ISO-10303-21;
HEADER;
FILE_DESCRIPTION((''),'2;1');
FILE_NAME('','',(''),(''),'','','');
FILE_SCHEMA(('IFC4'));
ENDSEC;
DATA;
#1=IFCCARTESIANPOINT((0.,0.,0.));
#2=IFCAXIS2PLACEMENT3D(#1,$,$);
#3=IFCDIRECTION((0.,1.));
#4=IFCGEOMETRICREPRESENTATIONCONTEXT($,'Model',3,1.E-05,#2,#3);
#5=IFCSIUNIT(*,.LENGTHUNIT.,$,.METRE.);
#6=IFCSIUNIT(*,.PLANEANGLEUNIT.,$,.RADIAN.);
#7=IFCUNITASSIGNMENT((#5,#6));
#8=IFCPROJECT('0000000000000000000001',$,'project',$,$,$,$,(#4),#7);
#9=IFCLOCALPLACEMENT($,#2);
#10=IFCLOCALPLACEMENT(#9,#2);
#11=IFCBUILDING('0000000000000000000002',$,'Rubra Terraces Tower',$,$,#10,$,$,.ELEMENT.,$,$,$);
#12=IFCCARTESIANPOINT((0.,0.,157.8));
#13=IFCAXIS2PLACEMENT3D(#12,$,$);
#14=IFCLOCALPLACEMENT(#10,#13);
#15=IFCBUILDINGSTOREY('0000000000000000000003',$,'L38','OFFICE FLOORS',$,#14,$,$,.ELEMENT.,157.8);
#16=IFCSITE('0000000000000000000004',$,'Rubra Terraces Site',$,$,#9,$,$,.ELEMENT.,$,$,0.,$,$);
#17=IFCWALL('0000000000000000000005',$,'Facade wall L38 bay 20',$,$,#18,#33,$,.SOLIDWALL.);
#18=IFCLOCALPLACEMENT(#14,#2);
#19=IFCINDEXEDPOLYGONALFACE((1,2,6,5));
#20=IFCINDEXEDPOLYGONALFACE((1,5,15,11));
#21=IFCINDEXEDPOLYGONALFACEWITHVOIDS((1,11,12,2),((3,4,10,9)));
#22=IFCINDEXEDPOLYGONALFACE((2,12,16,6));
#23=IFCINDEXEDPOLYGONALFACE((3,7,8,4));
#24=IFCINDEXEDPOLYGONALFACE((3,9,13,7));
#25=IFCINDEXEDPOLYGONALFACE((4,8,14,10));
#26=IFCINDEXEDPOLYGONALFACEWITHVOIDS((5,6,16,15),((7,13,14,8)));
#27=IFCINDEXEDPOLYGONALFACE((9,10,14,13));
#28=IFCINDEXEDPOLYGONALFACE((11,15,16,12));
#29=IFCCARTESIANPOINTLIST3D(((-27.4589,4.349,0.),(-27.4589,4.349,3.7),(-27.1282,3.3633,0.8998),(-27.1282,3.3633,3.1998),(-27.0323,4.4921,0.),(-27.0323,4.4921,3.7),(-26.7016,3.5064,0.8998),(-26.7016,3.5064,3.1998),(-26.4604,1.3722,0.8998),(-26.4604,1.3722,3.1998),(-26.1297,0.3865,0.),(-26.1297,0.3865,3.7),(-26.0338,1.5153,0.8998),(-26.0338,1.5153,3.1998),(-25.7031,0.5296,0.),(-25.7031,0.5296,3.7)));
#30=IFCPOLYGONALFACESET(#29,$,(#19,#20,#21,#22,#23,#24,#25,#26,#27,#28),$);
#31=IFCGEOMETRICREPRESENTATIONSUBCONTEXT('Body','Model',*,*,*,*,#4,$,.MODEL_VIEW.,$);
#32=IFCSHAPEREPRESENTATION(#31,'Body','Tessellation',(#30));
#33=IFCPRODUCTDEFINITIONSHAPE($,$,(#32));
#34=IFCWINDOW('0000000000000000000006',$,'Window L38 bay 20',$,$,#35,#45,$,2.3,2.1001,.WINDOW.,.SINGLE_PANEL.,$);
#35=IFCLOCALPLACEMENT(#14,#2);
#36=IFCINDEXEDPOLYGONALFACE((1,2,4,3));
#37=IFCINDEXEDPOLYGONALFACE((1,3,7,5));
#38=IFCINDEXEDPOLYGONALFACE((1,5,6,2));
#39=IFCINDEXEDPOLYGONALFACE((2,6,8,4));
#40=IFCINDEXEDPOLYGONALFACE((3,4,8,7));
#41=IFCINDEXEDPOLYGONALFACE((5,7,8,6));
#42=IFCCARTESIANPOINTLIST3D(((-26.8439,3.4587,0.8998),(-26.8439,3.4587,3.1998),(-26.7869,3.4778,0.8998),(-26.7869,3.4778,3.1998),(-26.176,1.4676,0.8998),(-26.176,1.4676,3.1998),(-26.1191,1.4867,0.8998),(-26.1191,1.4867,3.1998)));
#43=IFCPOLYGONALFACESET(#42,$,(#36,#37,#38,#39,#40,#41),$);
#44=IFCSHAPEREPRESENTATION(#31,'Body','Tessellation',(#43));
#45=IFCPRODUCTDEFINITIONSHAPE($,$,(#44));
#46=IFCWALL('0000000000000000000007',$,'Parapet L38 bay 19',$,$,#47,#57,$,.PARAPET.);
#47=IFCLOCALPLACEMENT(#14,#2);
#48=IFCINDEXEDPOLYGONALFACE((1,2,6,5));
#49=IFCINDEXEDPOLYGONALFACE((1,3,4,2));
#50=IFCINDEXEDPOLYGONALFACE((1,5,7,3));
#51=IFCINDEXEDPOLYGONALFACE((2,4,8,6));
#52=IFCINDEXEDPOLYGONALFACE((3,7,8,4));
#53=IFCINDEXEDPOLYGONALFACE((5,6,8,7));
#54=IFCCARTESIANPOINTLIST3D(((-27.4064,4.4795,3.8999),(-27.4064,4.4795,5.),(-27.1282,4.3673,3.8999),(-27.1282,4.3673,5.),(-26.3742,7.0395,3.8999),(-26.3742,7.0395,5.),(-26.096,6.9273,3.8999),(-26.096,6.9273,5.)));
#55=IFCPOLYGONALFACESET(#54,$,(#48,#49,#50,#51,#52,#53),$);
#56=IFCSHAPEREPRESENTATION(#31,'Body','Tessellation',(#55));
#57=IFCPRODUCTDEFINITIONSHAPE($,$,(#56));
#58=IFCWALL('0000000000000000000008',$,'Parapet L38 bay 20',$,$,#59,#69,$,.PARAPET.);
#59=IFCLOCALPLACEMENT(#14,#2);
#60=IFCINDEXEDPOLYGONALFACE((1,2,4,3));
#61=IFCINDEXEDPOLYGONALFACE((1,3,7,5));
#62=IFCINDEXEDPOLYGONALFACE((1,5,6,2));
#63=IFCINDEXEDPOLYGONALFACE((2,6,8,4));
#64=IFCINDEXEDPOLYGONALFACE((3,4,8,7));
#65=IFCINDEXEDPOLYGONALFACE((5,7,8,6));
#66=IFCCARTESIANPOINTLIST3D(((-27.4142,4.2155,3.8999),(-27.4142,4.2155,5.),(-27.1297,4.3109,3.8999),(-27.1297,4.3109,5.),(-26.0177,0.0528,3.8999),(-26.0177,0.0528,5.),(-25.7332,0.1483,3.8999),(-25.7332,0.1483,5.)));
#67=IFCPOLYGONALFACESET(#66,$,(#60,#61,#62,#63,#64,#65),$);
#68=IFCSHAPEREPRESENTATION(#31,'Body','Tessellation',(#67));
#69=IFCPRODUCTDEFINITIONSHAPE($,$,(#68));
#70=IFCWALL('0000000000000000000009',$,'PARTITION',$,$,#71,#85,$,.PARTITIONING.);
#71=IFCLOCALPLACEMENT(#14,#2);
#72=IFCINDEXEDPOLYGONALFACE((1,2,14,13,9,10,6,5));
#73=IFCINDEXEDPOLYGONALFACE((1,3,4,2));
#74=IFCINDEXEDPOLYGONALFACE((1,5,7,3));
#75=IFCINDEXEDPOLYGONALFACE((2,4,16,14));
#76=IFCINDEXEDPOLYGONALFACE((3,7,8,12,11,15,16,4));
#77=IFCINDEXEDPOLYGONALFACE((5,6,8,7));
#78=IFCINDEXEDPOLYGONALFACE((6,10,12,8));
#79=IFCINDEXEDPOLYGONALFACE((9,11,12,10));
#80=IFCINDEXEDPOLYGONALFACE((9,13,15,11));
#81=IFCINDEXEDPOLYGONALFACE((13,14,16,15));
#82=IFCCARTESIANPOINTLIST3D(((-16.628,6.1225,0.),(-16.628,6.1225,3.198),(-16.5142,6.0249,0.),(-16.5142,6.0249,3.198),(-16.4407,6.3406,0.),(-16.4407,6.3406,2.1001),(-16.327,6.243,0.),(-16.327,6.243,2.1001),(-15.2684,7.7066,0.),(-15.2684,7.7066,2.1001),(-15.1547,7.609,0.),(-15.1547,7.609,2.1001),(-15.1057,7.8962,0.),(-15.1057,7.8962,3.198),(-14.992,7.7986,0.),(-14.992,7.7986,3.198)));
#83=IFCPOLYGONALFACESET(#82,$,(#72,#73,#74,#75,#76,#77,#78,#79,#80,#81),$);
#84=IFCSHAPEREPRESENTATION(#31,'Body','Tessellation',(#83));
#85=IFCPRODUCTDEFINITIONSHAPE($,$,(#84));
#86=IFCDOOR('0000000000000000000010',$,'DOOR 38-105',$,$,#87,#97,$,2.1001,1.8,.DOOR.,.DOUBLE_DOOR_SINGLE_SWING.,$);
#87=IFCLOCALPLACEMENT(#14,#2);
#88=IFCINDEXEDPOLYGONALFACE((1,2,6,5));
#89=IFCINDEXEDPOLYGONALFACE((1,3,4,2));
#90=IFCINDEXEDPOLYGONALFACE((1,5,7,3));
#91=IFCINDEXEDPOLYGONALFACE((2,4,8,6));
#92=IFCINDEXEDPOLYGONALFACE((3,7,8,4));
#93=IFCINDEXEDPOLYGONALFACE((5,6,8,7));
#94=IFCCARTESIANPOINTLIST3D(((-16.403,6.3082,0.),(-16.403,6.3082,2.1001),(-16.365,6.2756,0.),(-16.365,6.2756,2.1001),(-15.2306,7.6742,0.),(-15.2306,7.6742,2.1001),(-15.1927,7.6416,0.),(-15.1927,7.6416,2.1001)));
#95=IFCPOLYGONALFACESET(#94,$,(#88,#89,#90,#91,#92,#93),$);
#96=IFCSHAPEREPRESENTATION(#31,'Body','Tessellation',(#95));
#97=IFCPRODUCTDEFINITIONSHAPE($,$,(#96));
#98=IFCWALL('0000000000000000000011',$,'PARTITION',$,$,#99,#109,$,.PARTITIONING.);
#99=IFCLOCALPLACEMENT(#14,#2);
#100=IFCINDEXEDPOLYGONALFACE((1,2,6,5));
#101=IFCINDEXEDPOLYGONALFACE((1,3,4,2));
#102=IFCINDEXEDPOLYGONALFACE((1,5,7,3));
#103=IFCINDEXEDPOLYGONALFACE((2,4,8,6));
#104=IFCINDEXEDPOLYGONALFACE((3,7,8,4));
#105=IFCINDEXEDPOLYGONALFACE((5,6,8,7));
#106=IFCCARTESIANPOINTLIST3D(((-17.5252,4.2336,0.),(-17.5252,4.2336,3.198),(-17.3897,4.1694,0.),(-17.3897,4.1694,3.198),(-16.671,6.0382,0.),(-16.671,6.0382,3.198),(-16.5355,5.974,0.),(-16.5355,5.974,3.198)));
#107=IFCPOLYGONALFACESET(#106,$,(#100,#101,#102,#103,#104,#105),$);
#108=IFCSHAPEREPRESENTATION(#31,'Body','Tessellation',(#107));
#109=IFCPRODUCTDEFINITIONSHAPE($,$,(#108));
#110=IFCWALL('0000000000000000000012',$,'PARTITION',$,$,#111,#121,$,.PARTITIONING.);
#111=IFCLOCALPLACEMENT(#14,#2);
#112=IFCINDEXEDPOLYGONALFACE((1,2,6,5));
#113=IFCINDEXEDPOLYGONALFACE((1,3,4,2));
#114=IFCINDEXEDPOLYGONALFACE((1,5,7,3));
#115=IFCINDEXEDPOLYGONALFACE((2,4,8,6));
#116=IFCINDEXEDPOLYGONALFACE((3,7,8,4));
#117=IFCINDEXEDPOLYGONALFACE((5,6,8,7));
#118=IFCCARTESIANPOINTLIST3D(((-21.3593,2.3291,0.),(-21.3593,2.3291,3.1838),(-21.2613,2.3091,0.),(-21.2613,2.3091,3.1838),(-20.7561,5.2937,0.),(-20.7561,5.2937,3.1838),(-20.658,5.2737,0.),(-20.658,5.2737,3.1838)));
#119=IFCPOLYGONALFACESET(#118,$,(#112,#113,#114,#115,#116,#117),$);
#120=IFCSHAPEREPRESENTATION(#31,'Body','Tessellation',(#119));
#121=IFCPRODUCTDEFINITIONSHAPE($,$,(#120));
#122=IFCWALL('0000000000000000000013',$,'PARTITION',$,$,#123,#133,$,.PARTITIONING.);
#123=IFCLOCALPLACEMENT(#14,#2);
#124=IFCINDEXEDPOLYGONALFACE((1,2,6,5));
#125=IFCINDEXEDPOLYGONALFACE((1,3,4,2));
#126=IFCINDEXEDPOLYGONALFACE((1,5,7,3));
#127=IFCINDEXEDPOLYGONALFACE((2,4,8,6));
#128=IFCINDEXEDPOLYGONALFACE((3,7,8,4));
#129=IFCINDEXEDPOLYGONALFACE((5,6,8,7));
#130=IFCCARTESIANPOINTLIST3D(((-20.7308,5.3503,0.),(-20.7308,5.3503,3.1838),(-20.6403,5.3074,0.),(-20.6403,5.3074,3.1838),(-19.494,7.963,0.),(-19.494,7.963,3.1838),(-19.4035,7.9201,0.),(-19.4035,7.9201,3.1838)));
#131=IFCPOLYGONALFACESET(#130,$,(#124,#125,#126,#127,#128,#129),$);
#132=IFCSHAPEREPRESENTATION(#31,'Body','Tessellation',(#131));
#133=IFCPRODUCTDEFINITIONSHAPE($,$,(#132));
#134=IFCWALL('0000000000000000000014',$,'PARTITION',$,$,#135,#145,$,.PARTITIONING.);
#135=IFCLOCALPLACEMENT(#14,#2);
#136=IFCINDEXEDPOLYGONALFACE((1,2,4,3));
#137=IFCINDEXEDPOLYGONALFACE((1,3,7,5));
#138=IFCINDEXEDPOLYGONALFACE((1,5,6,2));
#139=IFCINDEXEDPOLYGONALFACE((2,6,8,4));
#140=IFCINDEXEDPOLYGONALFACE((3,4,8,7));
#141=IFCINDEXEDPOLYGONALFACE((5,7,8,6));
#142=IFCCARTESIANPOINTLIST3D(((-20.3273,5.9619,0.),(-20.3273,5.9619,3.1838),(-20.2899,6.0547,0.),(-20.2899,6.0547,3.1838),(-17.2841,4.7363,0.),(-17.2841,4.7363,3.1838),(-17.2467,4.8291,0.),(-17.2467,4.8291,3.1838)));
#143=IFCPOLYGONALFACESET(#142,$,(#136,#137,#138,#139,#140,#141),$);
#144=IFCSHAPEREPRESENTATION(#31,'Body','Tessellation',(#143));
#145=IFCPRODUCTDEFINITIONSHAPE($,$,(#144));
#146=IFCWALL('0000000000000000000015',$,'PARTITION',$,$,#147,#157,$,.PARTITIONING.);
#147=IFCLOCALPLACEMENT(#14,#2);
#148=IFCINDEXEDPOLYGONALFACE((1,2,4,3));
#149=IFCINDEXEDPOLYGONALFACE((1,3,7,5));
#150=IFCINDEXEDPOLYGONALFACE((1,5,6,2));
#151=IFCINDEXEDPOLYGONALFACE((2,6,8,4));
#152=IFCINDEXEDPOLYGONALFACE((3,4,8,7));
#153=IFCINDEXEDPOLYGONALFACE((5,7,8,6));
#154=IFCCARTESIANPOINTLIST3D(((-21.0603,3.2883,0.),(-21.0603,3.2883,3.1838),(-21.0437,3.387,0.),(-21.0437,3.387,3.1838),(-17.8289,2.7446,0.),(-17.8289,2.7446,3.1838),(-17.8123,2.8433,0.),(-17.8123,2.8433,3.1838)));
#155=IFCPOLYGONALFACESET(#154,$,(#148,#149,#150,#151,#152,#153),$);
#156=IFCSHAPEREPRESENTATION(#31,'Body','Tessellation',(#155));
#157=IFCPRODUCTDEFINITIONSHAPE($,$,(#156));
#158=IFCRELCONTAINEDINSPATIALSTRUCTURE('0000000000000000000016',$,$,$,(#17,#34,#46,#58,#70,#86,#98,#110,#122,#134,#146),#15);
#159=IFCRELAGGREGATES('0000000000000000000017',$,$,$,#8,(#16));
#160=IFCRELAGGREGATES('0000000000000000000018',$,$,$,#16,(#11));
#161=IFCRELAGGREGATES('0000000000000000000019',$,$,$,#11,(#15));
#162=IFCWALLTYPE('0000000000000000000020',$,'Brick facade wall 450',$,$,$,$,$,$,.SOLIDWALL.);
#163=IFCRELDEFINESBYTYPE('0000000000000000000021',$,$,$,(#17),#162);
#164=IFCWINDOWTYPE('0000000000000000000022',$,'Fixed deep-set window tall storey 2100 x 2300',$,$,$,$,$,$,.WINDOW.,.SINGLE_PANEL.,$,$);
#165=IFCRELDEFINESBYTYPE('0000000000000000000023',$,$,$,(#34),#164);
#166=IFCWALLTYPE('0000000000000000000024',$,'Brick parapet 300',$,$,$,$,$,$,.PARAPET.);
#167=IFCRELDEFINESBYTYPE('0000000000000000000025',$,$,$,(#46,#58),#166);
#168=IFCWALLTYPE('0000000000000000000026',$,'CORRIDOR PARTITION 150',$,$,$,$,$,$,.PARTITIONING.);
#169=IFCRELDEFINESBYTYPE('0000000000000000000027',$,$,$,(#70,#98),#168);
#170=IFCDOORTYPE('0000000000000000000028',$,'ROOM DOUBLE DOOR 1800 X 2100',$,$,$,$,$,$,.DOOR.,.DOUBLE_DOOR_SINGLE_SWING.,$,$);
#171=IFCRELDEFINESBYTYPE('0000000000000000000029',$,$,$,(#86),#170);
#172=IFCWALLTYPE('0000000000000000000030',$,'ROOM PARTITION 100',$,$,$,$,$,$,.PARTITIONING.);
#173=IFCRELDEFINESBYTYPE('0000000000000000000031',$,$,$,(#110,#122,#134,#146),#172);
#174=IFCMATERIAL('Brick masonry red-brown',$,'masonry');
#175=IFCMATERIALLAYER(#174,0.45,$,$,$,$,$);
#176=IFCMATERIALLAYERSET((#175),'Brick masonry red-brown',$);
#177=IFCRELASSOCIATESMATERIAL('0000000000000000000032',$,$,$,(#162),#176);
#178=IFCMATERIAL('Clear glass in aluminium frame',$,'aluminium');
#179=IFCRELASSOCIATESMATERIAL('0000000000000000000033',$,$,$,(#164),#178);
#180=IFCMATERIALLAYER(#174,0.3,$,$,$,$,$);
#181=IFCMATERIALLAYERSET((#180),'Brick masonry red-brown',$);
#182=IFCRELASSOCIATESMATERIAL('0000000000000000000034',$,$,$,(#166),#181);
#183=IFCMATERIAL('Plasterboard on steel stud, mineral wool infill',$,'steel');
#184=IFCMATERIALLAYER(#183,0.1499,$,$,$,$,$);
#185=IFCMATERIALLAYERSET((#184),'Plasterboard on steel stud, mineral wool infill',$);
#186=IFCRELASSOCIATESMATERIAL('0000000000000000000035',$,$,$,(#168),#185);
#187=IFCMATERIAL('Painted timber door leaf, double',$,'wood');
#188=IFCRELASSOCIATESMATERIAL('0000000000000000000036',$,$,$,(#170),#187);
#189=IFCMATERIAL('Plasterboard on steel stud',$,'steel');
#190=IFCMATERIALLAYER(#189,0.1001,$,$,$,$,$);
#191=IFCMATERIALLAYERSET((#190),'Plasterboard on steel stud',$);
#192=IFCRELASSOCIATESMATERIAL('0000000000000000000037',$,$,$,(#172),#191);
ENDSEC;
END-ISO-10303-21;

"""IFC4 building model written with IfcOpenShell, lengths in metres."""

from ifc_helpers import new_model, si_unit, direction, frame, frame_2d, origin, place, context, subcontext, project, spatial, rectangle, extrude, material, layer, layer_set, type_object, element, fill, save


model = new_model("IFC4")

# Units and contexts
model_context = context("Model", 3, precision=1e-05, world=origin(), true_north=direction((0.0, 1.0)))
body_context = subcontext(model_context, "Body", "Model", "MODEL_VIEW")
ifc_project = project(units=[si_unit("LENGTHUNIT", "METRE"), si_unit("PLANEANGLEUNIT", "RADIAN")], contexts=[model_context])

# Site, building, storey
site_placement = place(None, origin())
site = spatial("IfcSite", under=ifc_project, at=site_placement, Name="Rubra Terraces Site", CompositionType="ELEMENT", RefElevation=0.0)
building_placement = place(site_placement, origin())
building = spatial("IfcBuilding", under=site, at=building_placement, Name="Rubra Terraces Tower", CompositionType="ELEMENT")
storey_placement = place(building_placement, frame((0.0, 0.0, 157.8)))
storey = spatial("IfcBuildingStorey", under=building, at=storey_placement, Name="L38", Description="OFFICE FLOORS", CompositionType="ELEMENT", Elevation=157.8)

# Wall, opening, window
ifc_material_1 = material(Name="Brick masonry red-brown", Category="masonry")
ifc_layer_1 = layer(ifc_material_1, 0.45)
ifc_layer_set_1 = layer_set([ifc_layer_1], Name="Brick masonry red-brown")
wall_type_1 = type_object("IfcWallType", Name="Brick facade wall 450", PredefinedType="SOLIDWALL", material=ifc_layer_set_1)
wall_1_placement = place(storey_placement, frame((-27.2456, 4.4207, 0.0), z_axis=(0.0, 0.0, 1.0), x_axis=(0.318015, -0.948086, 0.0)))
wall_1 = element("IfcWall", 1, at=wall_1_placement, inside=storey, type_object=wall_type_1, Name="Facade wall L38 bay 20", PredefinedType="SOLIDWALL", context=body_context, shape_type="SweptSolid", body=[
    extrude(rectangle(XDim=4.1794, YDim=0.45, at=frame_2d((2.0898, 0.0))), origin(), (0.0, 0.0, 1.0), 3.7),
])
opening_1_placement = place(wall_1_placement, frame((1.0398, 0.0, 0.8999)))
opening_1 = element("IfcOpeningElement", 2, at=opening_1_placement, cuts=wall_1, PredefinedType="OPENING", context=body_context, shape_type="SweptSolid", body=[
    extrude(rectangle(XDim=2.1001, YDim=2.3, at=frame_2d((1.05, 1.1499))), frame((0.0, 0.2349, 0.0), z_axis=(0.0, -1.0, 0.0), x_axis=(1.0, 0.0, 0.0)), (0.0, 0.0, 1.0), 0.47),
])
ifc_material_2 = material(Name="Clear glass in aluminium frame", Category="aluminium")
window_type = type_object("IfcWindowType", Name="Fixed deep-set window tall storey 2100 x 2300", PartitioningType="SINGLE_PANEL", PredefinedType="WINDOW", material=ifc_material_2)
window_placement = place(opening_1_placement, origin())
window = element("IfcWindow", 3, at=window_placement, inside=storey, type_object=window_type, Name="Window L38 bay 20", OverallHeight=2.3, OverallWidth=2.1001, PartitioningType="SINGLE_PANEL", PredefinedType="WINDOW", context=body_context, shape_type="SweptSolid", body=[
    extrude(rectangle(XDim=2.1001, YDim=2.3, at=frame_2d((1.05, 1.1499))), frame((0.0, 0.135, 0.0), z_axis=(0.0, -1.0, 0.0), x_axis=(1.0, 0.0, 0.0)), (0.0, 0.0, 1.0), 0.0601),
])
fill(opening_1, window)

# Walls
ifc_layer_2 = layer(ifc_material_1, 0.3)
ifc_layer_set_2 = layer_set([ifc_layer_2], Name="Brick masonry red-brown")
wall_type_2 = type_object("IfcWallType", Name="Brick parapet 300", PredefinedType="PARAPET", material=ifc_layer_set_2)
wall_2_placement = place(storey_placement, frame((-26.2351, 6.9834, 3.8999), z_axis=(0.0, 0.0, 1.0), x_axis=(-0.373951, -0.927448, 0.0)))
element("IfcWall", 4, at=wall_2_placement, inside=storey, type_object=wall_type_2, Name="Parapet L38 bay 19", PredefinedType="PARAPET", context=body_context, shape_type="SweptSolid", body=[
    extrude(rectangle(XDim=2.7603, YDim=0.3, at=frame_2d((1.3801, 0.0))), origin(), (0.0, 0.0, 1.0), 1.1001),
])
wall_3_placement = place(storey_placement, frame((-27.272, 4.2632, 3.8999), z_axis=(0.0, 0.0, 1.0), x_axis=(0.318062, -0.94807, 0.0)))
element("IfcWall", 5, at=wall_3_placement, inside=storey, type_object=wall_type_2, Name="Parapet L38 bay 20", PredefinedType="PARAPET", context=body_context, shape_type="SweptSolid", body=[
    extrude(rectangle(XDim=4.3906, YDim=0.3, at=frame_2d((2.1953, 0.0))), origin(), (0.0, 0.0, 1.0), 1.1001),
])

# Wall, opening, door
ifc_material_3 = material(Name="Plasterboard on steel stud, mineral wool infill", Category="steel")
ifc_layer_3 = layer(ifc_material_3, 0.1499)
ifc_layer_set_3 = layer_set([ifc_layer_3], Name="Plasterboard on steel stud, mineral wool infill")
wall_type_3 = type_object("IfcWallType", Name="CORRIDOR PARTITION 150", PredefinedType="PARTITIONING", material=ifc_layer_set_3)
wall_4_placement = place(storey_placement, frame((-15.0488, 7.8474, 0.0), z_axis=(0.0, 0.0, 1.0), x_axis=(-0.651264, -0.758851, 0.0)))
wall_4 = element("IfcWall", 6, at=wall_4_placement, inside=storey, type_object=wall_type_3, Name="PARTITION", PredefinedType="PARTITIONING", context=body_context, shape_type="SweptSolid", body=[
    extrude(rectangle(XDim=2.3374, YDim=0.1499, at=frame_2d((1.1687, 0.0))), origin(), (0.0, 0.0, 1.0), 3.198),
])
opening_2_placement = place(wall_4_placement, frame((0.25, 0.0, 0.0)))
opening_2 = element("IfcOpeningElement", 7, at=opening_2_placement, cuts=wall_4, PredefinedType="OPENING", context=body_context, shape_type="SweptSolid", body=[
    extrude(rectangle(XDim=1.8, YDim=2.1001, at=frame_2d((0.8999, 1.05))), frame((0.0, 0.085, 0.0), z_axis=(0.0, -1.0, 0.0), x_axis=(1.0, 0.0, 0.0)), (0.0, 0.0, 1.0), 0.1699),
])
ifc_material_4 = material(Name="Painted timber door leaf, double", Category="wood")
door_type_1 = type_object("IfcDoorType", Name="ROOM DOUBLE DOOR 1800 X 2100", OperationType="DOUBLE_DOOR_SINGLE_SWING", PredefinedType="DOOR", material=ifc_material_4)
door_1_placement = place(opening_2_placement, origin())
door_1 = element("IfcDoor", 8, at=door_1_placement, inside=storey, type_object=door_type_1, Name="DOOR 38-105", OperationType="DOUBLE_DOOR_SINGLE_SWING", OverallHeight=2.1001, OverallWidth=1.8, PredefinedType="DOOR", context=body_context, shape_type="SweptSolid", body=[
    extrude(rectangle(XDim=1.8, YDim=2.1001, at=frame_2d((0.8999, 1.05))), frame((0.0, 0.0249, 0.0), z_axis=(0.0, -1.0, 0.0), x_axis=(1.0, 0.0, 0.0)), (0.0, 0.0, 1.0), 0.05),
])
fill(opening_2, door_1)

# Wall
wall_5_placement = place(storey_placement, frame((-16.6033, 6.0061, 0.0), z_axis=(0.0, 0.0, 1.0), x_axis=(-0.427839, -0.903855, 0.0)))
element("IfcWall", 9, at=wall_5_placement, inside=storey, type_object=wall_type_3, Name="PARTITION", PredefinedType="PARTITIONING", context=body_context, shape_type="SweptSolid", body=[
    extrude(rectangle(XDim=1.9966, YDim=0.1499, at=frame_2d((0.9983, 0.0))), origin(), (0.0, 0.0, 1.0), 3.198),
])

# Walls
ifc_material_5 = material(Name="Plasterboard on steel stud", Category="steel")
ifc_layer_4 = layer(ifc_material_5, 0.1001)
ifc_layer_set_4 = layer_set([ifc_layer_4], Name="Plasterboard on steel stud")
wall_type_4 = type_object("IfcWallType", Name="ROOM PARTITION 100", PredefinedType="PARTITIONING", material=ifc_layer_set_4)
wall_6_placement = place(storey_placement, frame((-21.3103, 2.3191, 0.0), z_axis=(0.0, 0.0, 1.0), x_axis=(0.199405, 0.979917, 0.0)))
element("IfcWall", 10, at=wall_6_placement, inside=storey, type_object=wall_type_4, Name="PARTITION", PredefinedType="PARTITIONING", context=body_context, shape_type="SweptSolid", body=[
    extrude(rectangle(XDim=3.0254, YDim=0.1001, at=frame_2d((1.5127, 0.0))), origin(), (0.0, 0.0, 1.0), 3.1838),
])
wall_7_placement = place(storey_placement, frame((-20.6855, 5.3289, 0.0), z_axis=(0.0, 0.0, 1.0), x_axis=(0.427854, 0.903848, 0.0)))
element("IfcWall", 11, at=wall_7_placement, inside=storey, type_object=wall_type_4, Name="PARTITION", PredefinedType="PARTITIONING", context=body_context, shape_type="SweptSolid", body=[
    extrude(rectangle(XDim=2.8906, YDim=0.1001, at=frame_2d((1.4453, 0.0))), origin(), (0.0, 0.0, 1.0), 3.1838),
])
wall_8_placement = place(storey_placement, frame((-17.2654, 4.7827, 0.0), z_axis=(0.0, 0.0, 1.0), x_axis=(-0.927602, 0.373571, 0.0)))
element("IfcWall", 12, at=wall_8_placement, inside=storey, type_object=wall_type_4, Name="PARTITION", PredefinedType="PARTITIONING", context=body_context, shape_type="SweptSolid", body=[
    extrude(rectangle(XDim=3.2808, YDim=0.1001, at=frame_2d((1.6404, 0.0))), origin(), (0.0, 0.0, 1.0), 3.1838),
])
wall_9_placement = place(storey_placement, frame((-17.8206, 2.7939, 0.0), z_axis=(0.0, 0.0, 1.0), x_axis=(-0.986139, 0.165921, 0.0)))
element("IfcWall", 13, at=wall_9_placement, inside=storey, type_object=wall_type_4, Name="PARTITION", PredefinedType="PARTITIONING", context=body_context, shape_type="SweptSolid", body=[
    extrude(rectangle(XDim=3.2769, YDim=0.1001, at=frame_2d((1.6384, 0.0))), origin(), (0.0, 0.0, 1.0), 3.1838),
])

save(model, "model.ifc")
